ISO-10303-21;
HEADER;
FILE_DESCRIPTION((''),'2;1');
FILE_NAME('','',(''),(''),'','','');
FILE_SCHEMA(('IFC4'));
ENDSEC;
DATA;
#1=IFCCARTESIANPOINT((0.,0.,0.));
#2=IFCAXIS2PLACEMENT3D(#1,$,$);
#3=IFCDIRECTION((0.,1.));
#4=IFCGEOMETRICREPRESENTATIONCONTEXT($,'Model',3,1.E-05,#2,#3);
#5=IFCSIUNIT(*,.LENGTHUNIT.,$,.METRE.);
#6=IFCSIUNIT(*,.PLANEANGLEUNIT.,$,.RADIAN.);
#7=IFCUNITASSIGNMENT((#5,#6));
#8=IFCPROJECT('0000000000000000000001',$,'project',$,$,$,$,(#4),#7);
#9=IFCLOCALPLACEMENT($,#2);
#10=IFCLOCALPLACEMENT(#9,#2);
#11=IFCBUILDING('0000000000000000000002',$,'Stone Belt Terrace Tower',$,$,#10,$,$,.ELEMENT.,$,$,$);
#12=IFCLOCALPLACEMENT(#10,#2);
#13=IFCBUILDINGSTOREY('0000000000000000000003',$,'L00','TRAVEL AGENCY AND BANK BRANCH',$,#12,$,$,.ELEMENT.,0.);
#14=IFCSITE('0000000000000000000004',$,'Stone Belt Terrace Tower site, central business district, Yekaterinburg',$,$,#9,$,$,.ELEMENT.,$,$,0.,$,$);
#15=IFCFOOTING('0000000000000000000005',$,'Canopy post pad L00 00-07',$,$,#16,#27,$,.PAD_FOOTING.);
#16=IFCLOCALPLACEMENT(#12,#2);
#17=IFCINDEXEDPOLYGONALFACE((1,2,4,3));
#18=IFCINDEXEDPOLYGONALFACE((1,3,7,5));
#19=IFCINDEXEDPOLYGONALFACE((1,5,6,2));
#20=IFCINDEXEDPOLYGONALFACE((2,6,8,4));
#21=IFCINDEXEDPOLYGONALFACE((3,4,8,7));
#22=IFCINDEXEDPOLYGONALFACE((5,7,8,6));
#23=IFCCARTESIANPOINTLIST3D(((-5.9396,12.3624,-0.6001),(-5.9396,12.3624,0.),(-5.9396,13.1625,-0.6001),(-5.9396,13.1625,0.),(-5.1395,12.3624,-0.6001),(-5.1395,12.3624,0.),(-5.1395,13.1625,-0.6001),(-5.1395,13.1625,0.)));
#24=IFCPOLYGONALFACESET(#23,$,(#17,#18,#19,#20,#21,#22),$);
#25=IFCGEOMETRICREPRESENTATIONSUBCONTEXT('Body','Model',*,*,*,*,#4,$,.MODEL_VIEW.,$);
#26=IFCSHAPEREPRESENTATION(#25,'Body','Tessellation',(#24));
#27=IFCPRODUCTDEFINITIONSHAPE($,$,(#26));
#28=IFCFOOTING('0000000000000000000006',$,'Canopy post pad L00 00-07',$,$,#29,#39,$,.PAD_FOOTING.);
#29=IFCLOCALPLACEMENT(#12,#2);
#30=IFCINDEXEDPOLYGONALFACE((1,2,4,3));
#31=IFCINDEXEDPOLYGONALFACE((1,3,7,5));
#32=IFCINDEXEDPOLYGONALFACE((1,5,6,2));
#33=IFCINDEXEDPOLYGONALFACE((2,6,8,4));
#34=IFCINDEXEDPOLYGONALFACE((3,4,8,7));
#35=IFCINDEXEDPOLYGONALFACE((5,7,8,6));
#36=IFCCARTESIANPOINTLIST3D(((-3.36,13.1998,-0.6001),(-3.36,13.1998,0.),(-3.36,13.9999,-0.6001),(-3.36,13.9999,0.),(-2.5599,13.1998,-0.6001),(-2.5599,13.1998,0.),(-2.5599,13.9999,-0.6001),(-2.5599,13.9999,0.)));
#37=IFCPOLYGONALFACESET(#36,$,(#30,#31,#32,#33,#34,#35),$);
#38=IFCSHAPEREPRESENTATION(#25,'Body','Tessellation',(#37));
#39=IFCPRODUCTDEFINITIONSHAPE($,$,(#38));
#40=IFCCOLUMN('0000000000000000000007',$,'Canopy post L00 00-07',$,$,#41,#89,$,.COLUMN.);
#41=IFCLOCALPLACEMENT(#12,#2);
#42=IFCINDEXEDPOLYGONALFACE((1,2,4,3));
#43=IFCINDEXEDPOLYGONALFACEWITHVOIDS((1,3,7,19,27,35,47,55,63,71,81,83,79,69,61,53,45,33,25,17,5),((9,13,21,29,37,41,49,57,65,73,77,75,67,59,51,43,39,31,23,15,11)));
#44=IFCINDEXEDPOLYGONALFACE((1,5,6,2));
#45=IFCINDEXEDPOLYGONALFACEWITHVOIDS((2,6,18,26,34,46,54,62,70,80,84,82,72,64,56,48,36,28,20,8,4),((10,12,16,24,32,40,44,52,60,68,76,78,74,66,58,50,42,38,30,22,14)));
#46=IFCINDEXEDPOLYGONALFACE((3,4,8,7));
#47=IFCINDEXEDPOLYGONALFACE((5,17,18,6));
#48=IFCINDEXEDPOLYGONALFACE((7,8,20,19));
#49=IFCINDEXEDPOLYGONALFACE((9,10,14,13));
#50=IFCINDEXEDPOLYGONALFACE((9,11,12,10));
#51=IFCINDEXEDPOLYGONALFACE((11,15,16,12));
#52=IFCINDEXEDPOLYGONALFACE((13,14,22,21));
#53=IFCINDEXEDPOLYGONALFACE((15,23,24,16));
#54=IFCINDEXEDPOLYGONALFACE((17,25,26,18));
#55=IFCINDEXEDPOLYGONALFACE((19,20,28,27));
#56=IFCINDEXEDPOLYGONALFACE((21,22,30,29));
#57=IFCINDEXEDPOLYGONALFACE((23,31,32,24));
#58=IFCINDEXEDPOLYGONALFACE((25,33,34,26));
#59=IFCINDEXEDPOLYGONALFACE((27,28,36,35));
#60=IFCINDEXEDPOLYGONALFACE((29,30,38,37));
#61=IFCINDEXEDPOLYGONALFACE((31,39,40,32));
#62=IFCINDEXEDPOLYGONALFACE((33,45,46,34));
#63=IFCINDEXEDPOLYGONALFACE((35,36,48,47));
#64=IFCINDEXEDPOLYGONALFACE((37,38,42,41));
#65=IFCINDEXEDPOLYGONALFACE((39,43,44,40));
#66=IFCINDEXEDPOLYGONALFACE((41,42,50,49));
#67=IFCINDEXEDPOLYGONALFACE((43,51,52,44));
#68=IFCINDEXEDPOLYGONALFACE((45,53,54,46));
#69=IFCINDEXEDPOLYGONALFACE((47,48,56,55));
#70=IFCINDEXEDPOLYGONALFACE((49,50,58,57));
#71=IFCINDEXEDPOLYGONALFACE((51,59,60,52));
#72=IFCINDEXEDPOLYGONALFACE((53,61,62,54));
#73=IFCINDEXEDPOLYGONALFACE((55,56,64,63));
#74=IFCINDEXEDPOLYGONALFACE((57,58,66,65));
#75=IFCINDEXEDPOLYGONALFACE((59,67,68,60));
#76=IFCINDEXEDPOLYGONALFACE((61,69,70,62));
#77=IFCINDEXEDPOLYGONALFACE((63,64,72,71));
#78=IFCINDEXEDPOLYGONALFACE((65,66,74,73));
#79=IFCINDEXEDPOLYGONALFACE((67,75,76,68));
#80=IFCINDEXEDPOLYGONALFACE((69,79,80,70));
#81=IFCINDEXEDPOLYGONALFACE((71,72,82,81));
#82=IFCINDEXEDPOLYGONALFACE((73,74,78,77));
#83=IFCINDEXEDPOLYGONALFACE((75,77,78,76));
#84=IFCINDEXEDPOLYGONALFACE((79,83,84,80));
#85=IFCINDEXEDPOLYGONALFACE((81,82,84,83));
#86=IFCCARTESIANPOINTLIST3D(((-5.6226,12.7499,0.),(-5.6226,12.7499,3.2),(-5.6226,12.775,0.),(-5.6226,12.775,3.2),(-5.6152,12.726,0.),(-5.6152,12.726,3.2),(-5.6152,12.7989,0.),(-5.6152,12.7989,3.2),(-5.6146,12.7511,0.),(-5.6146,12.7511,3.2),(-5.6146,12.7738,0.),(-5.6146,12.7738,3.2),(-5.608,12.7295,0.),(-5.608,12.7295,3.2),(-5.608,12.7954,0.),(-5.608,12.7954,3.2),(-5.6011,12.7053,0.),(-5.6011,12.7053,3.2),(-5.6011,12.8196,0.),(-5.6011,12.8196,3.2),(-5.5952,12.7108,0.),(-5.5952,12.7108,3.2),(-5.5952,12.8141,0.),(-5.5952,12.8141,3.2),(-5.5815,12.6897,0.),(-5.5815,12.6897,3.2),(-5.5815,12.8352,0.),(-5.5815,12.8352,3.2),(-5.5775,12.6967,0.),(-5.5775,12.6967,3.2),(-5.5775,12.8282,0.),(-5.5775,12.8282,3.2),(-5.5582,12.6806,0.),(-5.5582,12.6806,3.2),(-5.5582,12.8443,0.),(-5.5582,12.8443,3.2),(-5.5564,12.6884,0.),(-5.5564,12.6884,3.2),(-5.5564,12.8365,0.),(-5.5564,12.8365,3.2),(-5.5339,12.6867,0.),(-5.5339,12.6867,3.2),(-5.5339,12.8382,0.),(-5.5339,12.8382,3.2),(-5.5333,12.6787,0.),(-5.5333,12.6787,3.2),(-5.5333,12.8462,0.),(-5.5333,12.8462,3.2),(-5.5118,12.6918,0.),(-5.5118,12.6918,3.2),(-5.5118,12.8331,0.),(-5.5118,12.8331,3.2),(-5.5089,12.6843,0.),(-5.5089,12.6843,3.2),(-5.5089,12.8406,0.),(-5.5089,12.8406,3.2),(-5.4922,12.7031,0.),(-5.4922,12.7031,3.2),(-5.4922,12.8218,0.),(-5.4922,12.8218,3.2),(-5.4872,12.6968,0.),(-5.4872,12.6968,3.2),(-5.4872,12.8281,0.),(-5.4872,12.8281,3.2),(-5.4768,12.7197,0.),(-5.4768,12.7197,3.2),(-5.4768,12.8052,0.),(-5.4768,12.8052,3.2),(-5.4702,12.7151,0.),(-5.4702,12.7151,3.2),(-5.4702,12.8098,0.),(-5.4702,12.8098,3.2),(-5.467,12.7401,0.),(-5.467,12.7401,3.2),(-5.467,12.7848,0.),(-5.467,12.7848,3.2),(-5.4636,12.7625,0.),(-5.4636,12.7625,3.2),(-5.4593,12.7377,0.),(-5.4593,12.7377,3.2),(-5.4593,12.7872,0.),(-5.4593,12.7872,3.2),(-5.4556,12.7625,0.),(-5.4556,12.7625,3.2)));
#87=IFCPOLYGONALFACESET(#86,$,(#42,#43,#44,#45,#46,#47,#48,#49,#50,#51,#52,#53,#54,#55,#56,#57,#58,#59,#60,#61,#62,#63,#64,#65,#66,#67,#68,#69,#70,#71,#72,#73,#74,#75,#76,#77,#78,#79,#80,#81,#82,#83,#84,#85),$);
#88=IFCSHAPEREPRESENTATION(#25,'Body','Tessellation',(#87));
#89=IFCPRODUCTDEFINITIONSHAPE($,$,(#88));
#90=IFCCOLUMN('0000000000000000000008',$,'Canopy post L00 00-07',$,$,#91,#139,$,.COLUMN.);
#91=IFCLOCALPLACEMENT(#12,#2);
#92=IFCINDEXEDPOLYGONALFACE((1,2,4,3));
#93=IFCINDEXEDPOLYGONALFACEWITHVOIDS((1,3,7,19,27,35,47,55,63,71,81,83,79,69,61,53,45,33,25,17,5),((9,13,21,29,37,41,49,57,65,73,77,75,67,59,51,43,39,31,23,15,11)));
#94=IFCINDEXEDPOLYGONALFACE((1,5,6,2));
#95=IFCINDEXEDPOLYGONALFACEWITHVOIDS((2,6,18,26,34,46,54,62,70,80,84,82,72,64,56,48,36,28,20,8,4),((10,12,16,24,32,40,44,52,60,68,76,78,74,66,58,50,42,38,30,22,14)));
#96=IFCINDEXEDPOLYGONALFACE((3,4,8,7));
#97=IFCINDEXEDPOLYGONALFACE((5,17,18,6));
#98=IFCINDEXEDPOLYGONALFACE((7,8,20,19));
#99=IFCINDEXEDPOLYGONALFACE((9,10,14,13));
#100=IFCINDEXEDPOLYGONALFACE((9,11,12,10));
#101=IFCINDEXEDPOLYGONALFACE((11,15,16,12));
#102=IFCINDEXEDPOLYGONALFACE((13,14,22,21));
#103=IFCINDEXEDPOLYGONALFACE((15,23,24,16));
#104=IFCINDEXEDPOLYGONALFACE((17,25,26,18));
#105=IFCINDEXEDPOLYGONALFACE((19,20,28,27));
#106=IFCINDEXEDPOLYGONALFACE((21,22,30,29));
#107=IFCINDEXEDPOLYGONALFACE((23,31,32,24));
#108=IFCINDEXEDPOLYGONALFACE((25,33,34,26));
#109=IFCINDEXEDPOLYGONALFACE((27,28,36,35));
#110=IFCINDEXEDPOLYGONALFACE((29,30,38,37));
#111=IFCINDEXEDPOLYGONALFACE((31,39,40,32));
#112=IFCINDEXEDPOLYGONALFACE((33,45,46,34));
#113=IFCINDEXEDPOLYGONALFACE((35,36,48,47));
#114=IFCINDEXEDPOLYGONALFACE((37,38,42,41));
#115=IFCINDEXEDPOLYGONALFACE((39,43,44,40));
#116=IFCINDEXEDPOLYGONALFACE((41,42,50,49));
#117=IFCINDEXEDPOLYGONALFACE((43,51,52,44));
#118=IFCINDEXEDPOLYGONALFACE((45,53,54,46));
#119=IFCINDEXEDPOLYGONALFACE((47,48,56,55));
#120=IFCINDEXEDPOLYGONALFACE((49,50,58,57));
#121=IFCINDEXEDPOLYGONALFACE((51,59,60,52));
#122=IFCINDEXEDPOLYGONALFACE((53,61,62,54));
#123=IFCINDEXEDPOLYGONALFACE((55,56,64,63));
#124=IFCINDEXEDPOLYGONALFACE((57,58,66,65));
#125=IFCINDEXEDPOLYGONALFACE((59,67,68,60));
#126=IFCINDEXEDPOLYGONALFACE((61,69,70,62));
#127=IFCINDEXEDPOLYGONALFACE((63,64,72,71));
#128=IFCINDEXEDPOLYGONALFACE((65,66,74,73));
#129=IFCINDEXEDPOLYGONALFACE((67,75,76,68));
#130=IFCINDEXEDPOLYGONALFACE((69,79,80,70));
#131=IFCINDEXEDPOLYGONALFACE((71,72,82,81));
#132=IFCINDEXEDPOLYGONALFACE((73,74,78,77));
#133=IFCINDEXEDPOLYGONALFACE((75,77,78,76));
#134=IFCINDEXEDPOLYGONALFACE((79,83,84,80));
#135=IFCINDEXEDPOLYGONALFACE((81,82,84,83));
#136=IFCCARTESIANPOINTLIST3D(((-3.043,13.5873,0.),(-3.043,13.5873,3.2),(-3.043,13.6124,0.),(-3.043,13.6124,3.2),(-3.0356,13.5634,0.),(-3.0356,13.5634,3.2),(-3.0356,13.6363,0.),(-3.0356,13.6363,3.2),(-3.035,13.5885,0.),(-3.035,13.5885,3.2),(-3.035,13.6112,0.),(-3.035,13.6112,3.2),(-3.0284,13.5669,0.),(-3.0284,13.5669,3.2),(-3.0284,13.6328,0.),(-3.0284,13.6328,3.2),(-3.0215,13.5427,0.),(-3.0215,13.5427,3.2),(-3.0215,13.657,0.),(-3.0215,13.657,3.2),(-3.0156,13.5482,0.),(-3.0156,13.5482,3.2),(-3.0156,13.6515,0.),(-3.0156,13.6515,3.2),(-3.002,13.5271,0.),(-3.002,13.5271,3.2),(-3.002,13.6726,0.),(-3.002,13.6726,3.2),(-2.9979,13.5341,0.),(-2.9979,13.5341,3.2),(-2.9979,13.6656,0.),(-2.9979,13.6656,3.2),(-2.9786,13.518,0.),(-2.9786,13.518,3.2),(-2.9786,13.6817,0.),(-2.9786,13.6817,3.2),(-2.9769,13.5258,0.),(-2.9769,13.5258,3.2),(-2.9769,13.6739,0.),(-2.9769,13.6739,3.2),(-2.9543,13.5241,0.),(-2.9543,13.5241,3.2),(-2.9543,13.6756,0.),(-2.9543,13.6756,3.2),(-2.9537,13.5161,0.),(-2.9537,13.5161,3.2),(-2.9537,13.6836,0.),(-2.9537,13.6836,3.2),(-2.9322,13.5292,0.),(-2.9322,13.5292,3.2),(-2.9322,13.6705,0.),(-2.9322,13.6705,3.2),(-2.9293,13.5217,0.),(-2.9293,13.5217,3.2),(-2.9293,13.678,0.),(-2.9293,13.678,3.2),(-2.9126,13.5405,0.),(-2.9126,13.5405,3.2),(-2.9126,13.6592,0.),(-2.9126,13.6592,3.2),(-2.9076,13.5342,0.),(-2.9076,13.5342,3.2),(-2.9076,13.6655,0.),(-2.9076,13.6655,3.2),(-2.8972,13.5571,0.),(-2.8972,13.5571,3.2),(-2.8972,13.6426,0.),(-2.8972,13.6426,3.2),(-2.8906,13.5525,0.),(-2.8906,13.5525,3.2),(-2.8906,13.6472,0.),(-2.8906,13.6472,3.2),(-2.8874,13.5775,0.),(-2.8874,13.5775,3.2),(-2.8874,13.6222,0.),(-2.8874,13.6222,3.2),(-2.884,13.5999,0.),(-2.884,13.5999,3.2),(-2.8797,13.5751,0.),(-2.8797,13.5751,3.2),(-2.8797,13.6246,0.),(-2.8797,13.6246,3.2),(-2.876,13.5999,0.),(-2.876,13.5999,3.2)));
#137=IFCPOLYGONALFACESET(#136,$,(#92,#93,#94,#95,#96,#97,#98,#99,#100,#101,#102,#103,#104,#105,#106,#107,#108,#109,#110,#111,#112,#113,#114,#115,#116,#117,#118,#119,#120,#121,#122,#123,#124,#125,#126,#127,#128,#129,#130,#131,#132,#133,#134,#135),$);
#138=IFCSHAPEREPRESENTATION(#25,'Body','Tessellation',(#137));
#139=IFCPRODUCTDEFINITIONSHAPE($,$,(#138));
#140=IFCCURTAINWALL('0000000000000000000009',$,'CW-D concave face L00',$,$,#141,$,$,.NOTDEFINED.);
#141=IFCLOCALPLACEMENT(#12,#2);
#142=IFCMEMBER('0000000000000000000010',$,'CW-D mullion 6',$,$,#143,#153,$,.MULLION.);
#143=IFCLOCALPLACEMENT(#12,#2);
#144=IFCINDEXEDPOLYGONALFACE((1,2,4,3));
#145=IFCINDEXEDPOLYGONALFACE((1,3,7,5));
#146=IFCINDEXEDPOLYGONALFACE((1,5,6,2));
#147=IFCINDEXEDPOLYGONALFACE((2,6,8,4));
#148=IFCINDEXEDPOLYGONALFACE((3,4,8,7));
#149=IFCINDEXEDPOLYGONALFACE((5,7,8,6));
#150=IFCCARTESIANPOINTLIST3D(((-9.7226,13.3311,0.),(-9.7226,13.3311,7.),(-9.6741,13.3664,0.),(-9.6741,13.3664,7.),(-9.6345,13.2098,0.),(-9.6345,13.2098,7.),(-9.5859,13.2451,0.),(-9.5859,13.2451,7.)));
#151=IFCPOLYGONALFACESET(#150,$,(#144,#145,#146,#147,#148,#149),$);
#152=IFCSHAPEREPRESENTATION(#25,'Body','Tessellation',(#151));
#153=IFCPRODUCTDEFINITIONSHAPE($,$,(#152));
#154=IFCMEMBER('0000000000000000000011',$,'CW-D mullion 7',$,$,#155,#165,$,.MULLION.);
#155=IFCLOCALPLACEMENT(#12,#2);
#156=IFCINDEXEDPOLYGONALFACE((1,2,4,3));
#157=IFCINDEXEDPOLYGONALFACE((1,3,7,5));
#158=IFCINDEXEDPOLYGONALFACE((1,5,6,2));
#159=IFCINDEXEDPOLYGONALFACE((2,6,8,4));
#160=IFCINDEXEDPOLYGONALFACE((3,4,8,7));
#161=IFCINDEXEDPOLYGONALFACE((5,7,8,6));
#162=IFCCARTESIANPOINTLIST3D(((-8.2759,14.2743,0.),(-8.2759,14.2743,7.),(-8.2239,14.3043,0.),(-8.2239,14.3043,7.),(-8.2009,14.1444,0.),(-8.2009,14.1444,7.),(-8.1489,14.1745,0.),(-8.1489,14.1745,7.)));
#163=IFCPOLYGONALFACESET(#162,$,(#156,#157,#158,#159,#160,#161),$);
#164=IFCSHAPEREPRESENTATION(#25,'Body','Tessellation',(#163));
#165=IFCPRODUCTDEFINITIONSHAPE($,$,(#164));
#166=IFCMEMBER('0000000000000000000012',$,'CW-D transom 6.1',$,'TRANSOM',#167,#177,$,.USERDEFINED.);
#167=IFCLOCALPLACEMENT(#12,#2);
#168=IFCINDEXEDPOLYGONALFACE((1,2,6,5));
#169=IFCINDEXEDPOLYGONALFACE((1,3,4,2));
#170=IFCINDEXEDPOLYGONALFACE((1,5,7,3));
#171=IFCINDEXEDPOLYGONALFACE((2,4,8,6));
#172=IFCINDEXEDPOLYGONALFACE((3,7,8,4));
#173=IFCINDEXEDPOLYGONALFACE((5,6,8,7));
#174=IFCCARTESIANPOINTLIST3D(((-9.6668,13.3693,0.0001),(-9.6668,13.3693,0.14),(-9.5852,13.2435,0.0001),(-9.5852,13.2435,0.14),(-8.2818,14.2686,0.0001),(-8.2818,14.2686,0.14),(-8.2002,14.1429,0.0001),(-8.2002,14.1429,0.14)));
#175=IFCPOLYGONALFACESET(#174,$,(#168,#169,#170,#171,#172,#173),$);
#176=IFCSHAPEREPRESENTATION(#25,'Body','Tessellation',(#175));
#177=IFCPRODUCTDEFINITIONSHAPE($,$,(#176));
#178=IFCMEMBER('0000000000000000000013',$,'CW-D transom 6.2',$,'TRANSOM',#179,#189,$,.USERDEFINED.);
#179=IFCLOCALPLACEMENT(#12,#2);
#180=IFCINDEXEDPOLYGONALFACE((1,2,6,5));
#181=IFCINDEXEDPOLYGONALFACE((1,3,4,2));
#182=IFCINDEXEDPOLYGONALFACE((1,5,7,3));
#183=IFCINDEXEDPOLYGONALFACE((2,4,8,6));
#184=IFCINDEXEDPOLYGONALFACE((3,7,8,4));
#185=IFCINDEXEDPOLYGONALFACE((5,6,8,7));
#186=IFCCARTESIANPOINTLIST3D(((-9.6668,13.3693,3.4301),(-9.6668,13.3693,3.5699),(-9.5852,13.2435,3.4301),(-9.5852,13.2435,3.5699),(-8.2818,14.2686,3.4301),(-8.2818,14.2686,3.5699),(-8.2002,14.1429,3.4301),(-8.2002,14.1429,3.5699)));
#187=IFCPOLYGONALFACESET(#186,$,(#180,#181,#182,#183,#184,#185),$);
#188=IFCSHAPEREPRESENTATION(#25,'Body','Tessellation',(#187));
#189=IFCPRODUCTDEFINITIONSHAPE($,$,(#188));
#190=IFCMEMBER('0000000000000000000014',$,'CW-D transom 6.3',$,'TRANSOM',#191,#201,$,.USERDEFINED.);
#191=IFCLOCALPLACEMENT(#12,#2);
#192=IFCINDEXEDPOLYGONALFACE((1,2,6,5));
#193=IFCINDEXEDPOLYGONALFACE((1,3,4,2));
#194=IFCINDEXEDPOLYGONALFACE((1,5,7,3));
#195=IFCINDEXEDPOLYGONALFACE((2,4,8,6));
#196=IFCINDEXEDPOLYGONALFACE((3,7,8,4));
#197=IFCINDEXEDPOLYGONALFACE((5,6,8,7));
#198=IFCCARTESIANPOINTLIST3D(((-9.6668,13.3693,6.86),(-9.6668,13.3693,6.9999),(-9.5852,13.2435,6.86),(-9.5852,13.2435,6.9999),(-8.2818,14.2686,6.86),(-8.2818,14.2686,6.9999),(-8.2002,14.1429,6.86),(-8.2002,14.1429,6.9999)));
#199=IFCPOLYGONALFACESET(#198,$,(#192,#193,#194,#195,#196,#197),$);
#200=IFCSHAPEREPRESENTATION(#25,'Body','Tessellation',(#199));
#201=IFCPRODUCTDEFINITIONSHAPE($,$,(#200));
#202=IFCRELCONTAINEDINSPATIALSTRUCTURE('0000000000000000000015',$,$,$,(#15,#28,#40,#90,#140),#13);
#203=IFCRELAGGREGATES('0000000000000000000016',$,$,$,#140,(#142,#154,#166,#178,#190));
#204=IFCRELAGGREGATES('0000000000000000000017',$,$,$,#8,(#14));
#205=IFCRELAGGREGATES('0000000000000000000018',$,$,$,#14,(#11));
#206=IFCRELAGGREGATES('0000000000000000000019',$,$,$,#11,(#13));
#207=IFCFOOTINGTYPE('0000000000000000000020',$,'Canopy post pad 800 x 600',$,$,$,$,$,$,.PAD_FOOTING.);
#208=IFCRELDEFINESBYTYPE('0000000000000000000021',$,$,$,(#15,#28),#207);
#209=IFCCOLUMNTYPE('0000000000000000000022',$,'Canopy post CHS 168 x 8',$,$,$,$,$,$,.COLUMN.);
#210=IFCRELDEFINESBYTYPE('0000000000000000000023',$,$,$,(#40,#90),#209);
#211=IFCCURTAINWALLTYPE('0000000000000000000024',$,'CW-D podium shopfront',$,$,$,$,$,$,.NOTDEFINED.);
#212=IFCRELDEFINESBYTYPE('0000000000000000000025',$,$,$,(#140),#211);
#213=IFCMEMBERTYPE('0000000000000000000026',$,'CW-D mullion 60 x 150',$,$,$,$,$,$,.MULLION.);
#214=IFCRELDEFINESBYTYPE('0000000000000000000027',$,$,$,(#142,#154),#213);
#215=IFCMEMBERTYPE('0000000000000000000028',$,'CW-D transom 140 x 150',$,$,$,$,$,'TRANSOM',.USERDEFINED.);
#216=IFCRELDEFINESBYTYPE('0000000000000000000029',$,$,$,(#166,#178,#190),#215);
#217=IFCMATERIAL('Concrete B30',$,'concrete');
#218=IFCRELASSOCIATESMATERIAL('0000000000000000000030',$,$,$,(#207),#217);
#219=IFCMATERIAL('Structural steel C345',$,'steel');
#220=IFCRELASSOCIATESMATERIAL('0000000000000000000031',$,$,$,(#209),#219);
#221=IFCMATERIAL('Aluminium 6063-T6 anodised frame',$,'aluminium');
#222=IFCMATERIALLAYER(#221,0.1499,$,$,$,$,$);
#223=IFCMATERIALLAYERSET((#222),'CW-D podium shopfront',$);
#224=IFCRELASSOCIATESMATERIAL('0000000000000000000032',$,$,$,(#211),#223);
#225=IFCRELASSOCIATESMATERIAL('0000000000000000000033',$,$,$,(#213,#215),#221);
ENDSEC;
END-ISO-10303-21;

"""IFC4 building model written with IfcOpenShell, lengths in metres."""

from ifc_helpers import new_model, si_unit, direction, frame, origin, origin_2d, place, context, subcontext, project, spatial, rectangle, hollow_circle, extrude, material, layer, layer_set, material_profile, profile_set, type_object, element, aggregate, save


model = new_model("IFC4")

# Units and contexts
model_context = context("Model", 3, precision=1e-05, world=origin(), true_north=direction((0.0, 1.0)))
body_context = subcontext(model_context, "Body", "Model", "MODEL_VIEW")
ifc_project = project(units=[si_unit("LENGTHUNIT", "METRE"), si_unit("PLANEANGLEUNIT", "RADIAN")], contexts=[model_context])

# Site, building, storey
site_placement = place(None, origin())
site = spatial("IfcSite", under=ifc_project, at=site_placement, Name="Stone Belt Terrace Tower site, central business district, Yekaterinburg", CompositionType="ELEMENT", RefElevation=0.0)
building_placement = place(site_placement, origin())
building = spatial("IfcBuilding", under=site, at=building_placement, Name="Stone Belt Terrace Tower", CompositionType="ELEMENT")
storey_placement = place(building_placement, origin())
storey = spatial("IfcBuildingStorey", under=building, at=storey_placement, Name="L00", Description="TRAVEL AGENCY AND BANK BRANCH", CompositionType="ELEMENT", Elevation=0.0)

# Footings
ifc_material_1 = material(Name="Concrete B30", Category="concrete")
footing_type = type_object("IfcFootingType", Name="Canopy post pad 800 x 600", PredefinedType="PAD_FOOTING", material=ifc_material_1)
for number, where, z_axis, x_axis, name in (
    (1, (-5.5396, 12.7625, -0.6001), (0.0, 0.0, 1.0), (1.0, 0.0, 0.0), "Canopy post pad L00 00-07"),
    (2, (-2.96, 13.5999, -0.6001), (0.0, 0.0, 1.0), (1.0, 0.0, 0.0), "Canopy post pad L00 00-07"),
):
    element("IfcFooting", number, at=place(storey_placement, frame(where, z_axis=z_axis, x_axis=x_axis)), inside=storey, type_object=footing_type, Name=name, PredefinedType="PAD_FOOTING", context=body_context, shape_type="SweptSolid", body=[
        extrude(rectangle(XDim=0.8, YDim=0.8, at=origin_2d()), origin(), (0.0, 0.0, 1.0), 0.6001),
    ])

# Columns
ifc_material_2 = material(Name="Structural steel C345", Category="steel")
ifc_material_profile_1 = material_profile(ifc_material_2, hollow_circle(Radius=0.084, WallThickness=0.0081, at=origin_2d()), Name="Structural steel C345 CHS 168x8")
ifc_profile_set_1 = profile_set([ifc_material_profile_1], Name="Structural steel C345")
column_type = type_object("IfcColumnType", Name="Canopy post CHS 168 x 8", PredefinedType="COLUMN", material=ifc_profile_set_1)
for number, where, z_axis, x_axis, name in (
    (3, (-5.5396, 12.7625, 0.0), (0.0, 0.0, 1.0), (1.0, 0.0, 0.0), "Canopy post L00 00-07"),
    (4, (-2.96, 13.5999, 0.0), (0.0, 0.0, 1.0), (1.0, 0.0, 0.0), "Canopy post L00 00-07"),
):
    element("IfcColumn", number, at=place(storey_placement, frame(where, z_axis=z_axis, x_axis=x_axis)), inside=storey, type_object=column_type, Name=name, PredefinedType="COLUMN", context=body_context, shape_type="SweptSolid", body=[
        extrude(hollow_circle(Radius=0.084, WallThickness=0.0081, at=origin_2d()), origin(), (0.0, 0.0, 1.0), 3.2),
    ])

# Curtain wall, members
ifc_material_3 = material(Name="Aluminium 6063-T6 anodised frame", Category="aluminium")
ifc_layer_1 = layer(ifc_material_3, 0.1499)
ifc_layer_set_1 = layer_set([ifc_layer_1], Name="CW-D podium shopfront")
curtain_wall_type = type_object("IfcCurtainWallType", Name="CW-D podium shopfront", PredefinedType="NOTDEFINED", material=ifc_layer_set_1)
curtain_wall_placement = place(storey_placement, origin())
curtain_wall = element("IfcCurtainWall", 5, at=curtain_wall_placement, inside=storey, type_object=curtain_wall_type, Name="CW-D concave face L00", PredefinedType="NOTDEFINED")
ifc_material_profile_2 = material_profile(ifc_material_3, rectangle(XDim=0.1499, YDim=0.0601, at=origin_2d()), Name="Aluminium 6063-T6 60x150")
ifc_profile_set_2 = profile_set([ifc_material_profile_2], Name="Aluminium 6063-T6 anodised frame")
member_type_1 = type_object("IfcMemberType", Name="CW-D mullion 60 x 150", PredefinedType="MULLION", material=ifc_profile_set_2)
member_1_placement = place(storey_placement, frame((-9.6543, 13.2881, 0.0), z_axis=(0.0, 0.0, 1.0), x_axis=(-0.587785, 0.809017, 0.0)))
member_1 = element("IfcMember", 6, at=member_1_placement, type_object=member_type_1, Name="CW-D mullion 6", PredefinedType="MULLION", context=body_context, shape_type="SweptSolid", body=[
    extrude(rectangle(XDim=0.1499, YDim=0.0601, at=origin_2d()), origin(), (0.0, 0.0, 1.0), 7.0),
])
member_2_placement = place(storey_placement, frame((-8.2124, 14.2244, 0.0), z_axis=(0.0, 0.0, 1.0), x_axis=(-0.5, 0.866025, 0.0)))
member_2 = element("IfcMember", 7, at=member_2_placement, type_object=member_type_1, Name="CW-D mullion 7", PredefinedType="MULLION", context=body_context, shape_type="SweptSolid", body=[
    extrude(rectangle(XDim=0.1499, YDim=0.0601, at=origin_2d()), origin(), (0.0, 0.0, 1.0), 7.0),
])
ifc_material_profile_3 = material_profile(ifc_material_3, rectangle(XDim=0.1499, YDim=0.1399, at=origin_2d()), Name="Aluminium 6063-T6 150x140")
ifc_profile_set_3 = profile_set([ifc_material_profile_3], Name="Aluminium 6063-T6 anodised frame")
member_type_2 = type_object("IfcMemberType", Name="CW-D transom 140 x 150", ElementType="TRANSOM", PredefinedType="USERDEFINED", material=ifc_profile_set_3)
member_3_placement = place(storey_placement, frame((-9.626, 13.3064, 0.0701), z_axis=(0.838677, 0.54463, 0.0), x_axis=(-0.54463, 0.838677, 0.0)))
member_3 = element("IfcMember", 8, at=member_3_placement, type_object=member_type_2, Name="CW-D transom 6.1", ObjectType="TRANSOM", PredefinedType="USERDEFINED", context=body_context, shape_type="SweptSolid", body=[
    extrude(rectangle(XDim=0.1499, YDim=0.1399, at=origin_2d()), origin(), (0.0, 0.0, 1.0), 1.6514),
])
member_4_placement = place(storey_placement, frame((-9.626, 13.3064, 3.5), z_axis=(0.838677, 0.54463, 0.0), x_axis=(-0.54463, 0.838677, 0.0)))
member_4 = element("IfcMember", 9, at=member_4_placement, type_object=member_type_2, Name="CW-D transom 6.2", ObjectType="TRANSOM", PredefinedType="USERDEFINED", context=body_context, shape_type="SweptSolid", body=[
    extrude(rectangle(XDim=0.1499, YDim=0.1399, at=origin_2d()), origin(), (0.0, 0.0, 1.0), 1.6514),
])
member_5_placement = place(storey_placement, frame((-9.626, 13.3064, 6.9299), z_axis=(0.838677, 0.54463, 0.0), x_axis=(-0.54463, 0.838677, 0.0)))
member_5 = element("IfcMember", 10, at=member_5_placement, type_object=member_type_2, Name="CW-D transom 6.3", ObjectType="TRANSOM", PredefinedType="USERDEFINED", context=body_context, shape_type="SweptSolid", body=[
    extrude(rectangle(XDim=0.1499, YDim=0.1399, at=origin_2d()), origin(), (0.0, 0.0, 1.0), 1.6514),
])

aggregate(curtain_wall, [member_1, member_2, member_3, member_4, member_5])

save(model, "model.ifc")
